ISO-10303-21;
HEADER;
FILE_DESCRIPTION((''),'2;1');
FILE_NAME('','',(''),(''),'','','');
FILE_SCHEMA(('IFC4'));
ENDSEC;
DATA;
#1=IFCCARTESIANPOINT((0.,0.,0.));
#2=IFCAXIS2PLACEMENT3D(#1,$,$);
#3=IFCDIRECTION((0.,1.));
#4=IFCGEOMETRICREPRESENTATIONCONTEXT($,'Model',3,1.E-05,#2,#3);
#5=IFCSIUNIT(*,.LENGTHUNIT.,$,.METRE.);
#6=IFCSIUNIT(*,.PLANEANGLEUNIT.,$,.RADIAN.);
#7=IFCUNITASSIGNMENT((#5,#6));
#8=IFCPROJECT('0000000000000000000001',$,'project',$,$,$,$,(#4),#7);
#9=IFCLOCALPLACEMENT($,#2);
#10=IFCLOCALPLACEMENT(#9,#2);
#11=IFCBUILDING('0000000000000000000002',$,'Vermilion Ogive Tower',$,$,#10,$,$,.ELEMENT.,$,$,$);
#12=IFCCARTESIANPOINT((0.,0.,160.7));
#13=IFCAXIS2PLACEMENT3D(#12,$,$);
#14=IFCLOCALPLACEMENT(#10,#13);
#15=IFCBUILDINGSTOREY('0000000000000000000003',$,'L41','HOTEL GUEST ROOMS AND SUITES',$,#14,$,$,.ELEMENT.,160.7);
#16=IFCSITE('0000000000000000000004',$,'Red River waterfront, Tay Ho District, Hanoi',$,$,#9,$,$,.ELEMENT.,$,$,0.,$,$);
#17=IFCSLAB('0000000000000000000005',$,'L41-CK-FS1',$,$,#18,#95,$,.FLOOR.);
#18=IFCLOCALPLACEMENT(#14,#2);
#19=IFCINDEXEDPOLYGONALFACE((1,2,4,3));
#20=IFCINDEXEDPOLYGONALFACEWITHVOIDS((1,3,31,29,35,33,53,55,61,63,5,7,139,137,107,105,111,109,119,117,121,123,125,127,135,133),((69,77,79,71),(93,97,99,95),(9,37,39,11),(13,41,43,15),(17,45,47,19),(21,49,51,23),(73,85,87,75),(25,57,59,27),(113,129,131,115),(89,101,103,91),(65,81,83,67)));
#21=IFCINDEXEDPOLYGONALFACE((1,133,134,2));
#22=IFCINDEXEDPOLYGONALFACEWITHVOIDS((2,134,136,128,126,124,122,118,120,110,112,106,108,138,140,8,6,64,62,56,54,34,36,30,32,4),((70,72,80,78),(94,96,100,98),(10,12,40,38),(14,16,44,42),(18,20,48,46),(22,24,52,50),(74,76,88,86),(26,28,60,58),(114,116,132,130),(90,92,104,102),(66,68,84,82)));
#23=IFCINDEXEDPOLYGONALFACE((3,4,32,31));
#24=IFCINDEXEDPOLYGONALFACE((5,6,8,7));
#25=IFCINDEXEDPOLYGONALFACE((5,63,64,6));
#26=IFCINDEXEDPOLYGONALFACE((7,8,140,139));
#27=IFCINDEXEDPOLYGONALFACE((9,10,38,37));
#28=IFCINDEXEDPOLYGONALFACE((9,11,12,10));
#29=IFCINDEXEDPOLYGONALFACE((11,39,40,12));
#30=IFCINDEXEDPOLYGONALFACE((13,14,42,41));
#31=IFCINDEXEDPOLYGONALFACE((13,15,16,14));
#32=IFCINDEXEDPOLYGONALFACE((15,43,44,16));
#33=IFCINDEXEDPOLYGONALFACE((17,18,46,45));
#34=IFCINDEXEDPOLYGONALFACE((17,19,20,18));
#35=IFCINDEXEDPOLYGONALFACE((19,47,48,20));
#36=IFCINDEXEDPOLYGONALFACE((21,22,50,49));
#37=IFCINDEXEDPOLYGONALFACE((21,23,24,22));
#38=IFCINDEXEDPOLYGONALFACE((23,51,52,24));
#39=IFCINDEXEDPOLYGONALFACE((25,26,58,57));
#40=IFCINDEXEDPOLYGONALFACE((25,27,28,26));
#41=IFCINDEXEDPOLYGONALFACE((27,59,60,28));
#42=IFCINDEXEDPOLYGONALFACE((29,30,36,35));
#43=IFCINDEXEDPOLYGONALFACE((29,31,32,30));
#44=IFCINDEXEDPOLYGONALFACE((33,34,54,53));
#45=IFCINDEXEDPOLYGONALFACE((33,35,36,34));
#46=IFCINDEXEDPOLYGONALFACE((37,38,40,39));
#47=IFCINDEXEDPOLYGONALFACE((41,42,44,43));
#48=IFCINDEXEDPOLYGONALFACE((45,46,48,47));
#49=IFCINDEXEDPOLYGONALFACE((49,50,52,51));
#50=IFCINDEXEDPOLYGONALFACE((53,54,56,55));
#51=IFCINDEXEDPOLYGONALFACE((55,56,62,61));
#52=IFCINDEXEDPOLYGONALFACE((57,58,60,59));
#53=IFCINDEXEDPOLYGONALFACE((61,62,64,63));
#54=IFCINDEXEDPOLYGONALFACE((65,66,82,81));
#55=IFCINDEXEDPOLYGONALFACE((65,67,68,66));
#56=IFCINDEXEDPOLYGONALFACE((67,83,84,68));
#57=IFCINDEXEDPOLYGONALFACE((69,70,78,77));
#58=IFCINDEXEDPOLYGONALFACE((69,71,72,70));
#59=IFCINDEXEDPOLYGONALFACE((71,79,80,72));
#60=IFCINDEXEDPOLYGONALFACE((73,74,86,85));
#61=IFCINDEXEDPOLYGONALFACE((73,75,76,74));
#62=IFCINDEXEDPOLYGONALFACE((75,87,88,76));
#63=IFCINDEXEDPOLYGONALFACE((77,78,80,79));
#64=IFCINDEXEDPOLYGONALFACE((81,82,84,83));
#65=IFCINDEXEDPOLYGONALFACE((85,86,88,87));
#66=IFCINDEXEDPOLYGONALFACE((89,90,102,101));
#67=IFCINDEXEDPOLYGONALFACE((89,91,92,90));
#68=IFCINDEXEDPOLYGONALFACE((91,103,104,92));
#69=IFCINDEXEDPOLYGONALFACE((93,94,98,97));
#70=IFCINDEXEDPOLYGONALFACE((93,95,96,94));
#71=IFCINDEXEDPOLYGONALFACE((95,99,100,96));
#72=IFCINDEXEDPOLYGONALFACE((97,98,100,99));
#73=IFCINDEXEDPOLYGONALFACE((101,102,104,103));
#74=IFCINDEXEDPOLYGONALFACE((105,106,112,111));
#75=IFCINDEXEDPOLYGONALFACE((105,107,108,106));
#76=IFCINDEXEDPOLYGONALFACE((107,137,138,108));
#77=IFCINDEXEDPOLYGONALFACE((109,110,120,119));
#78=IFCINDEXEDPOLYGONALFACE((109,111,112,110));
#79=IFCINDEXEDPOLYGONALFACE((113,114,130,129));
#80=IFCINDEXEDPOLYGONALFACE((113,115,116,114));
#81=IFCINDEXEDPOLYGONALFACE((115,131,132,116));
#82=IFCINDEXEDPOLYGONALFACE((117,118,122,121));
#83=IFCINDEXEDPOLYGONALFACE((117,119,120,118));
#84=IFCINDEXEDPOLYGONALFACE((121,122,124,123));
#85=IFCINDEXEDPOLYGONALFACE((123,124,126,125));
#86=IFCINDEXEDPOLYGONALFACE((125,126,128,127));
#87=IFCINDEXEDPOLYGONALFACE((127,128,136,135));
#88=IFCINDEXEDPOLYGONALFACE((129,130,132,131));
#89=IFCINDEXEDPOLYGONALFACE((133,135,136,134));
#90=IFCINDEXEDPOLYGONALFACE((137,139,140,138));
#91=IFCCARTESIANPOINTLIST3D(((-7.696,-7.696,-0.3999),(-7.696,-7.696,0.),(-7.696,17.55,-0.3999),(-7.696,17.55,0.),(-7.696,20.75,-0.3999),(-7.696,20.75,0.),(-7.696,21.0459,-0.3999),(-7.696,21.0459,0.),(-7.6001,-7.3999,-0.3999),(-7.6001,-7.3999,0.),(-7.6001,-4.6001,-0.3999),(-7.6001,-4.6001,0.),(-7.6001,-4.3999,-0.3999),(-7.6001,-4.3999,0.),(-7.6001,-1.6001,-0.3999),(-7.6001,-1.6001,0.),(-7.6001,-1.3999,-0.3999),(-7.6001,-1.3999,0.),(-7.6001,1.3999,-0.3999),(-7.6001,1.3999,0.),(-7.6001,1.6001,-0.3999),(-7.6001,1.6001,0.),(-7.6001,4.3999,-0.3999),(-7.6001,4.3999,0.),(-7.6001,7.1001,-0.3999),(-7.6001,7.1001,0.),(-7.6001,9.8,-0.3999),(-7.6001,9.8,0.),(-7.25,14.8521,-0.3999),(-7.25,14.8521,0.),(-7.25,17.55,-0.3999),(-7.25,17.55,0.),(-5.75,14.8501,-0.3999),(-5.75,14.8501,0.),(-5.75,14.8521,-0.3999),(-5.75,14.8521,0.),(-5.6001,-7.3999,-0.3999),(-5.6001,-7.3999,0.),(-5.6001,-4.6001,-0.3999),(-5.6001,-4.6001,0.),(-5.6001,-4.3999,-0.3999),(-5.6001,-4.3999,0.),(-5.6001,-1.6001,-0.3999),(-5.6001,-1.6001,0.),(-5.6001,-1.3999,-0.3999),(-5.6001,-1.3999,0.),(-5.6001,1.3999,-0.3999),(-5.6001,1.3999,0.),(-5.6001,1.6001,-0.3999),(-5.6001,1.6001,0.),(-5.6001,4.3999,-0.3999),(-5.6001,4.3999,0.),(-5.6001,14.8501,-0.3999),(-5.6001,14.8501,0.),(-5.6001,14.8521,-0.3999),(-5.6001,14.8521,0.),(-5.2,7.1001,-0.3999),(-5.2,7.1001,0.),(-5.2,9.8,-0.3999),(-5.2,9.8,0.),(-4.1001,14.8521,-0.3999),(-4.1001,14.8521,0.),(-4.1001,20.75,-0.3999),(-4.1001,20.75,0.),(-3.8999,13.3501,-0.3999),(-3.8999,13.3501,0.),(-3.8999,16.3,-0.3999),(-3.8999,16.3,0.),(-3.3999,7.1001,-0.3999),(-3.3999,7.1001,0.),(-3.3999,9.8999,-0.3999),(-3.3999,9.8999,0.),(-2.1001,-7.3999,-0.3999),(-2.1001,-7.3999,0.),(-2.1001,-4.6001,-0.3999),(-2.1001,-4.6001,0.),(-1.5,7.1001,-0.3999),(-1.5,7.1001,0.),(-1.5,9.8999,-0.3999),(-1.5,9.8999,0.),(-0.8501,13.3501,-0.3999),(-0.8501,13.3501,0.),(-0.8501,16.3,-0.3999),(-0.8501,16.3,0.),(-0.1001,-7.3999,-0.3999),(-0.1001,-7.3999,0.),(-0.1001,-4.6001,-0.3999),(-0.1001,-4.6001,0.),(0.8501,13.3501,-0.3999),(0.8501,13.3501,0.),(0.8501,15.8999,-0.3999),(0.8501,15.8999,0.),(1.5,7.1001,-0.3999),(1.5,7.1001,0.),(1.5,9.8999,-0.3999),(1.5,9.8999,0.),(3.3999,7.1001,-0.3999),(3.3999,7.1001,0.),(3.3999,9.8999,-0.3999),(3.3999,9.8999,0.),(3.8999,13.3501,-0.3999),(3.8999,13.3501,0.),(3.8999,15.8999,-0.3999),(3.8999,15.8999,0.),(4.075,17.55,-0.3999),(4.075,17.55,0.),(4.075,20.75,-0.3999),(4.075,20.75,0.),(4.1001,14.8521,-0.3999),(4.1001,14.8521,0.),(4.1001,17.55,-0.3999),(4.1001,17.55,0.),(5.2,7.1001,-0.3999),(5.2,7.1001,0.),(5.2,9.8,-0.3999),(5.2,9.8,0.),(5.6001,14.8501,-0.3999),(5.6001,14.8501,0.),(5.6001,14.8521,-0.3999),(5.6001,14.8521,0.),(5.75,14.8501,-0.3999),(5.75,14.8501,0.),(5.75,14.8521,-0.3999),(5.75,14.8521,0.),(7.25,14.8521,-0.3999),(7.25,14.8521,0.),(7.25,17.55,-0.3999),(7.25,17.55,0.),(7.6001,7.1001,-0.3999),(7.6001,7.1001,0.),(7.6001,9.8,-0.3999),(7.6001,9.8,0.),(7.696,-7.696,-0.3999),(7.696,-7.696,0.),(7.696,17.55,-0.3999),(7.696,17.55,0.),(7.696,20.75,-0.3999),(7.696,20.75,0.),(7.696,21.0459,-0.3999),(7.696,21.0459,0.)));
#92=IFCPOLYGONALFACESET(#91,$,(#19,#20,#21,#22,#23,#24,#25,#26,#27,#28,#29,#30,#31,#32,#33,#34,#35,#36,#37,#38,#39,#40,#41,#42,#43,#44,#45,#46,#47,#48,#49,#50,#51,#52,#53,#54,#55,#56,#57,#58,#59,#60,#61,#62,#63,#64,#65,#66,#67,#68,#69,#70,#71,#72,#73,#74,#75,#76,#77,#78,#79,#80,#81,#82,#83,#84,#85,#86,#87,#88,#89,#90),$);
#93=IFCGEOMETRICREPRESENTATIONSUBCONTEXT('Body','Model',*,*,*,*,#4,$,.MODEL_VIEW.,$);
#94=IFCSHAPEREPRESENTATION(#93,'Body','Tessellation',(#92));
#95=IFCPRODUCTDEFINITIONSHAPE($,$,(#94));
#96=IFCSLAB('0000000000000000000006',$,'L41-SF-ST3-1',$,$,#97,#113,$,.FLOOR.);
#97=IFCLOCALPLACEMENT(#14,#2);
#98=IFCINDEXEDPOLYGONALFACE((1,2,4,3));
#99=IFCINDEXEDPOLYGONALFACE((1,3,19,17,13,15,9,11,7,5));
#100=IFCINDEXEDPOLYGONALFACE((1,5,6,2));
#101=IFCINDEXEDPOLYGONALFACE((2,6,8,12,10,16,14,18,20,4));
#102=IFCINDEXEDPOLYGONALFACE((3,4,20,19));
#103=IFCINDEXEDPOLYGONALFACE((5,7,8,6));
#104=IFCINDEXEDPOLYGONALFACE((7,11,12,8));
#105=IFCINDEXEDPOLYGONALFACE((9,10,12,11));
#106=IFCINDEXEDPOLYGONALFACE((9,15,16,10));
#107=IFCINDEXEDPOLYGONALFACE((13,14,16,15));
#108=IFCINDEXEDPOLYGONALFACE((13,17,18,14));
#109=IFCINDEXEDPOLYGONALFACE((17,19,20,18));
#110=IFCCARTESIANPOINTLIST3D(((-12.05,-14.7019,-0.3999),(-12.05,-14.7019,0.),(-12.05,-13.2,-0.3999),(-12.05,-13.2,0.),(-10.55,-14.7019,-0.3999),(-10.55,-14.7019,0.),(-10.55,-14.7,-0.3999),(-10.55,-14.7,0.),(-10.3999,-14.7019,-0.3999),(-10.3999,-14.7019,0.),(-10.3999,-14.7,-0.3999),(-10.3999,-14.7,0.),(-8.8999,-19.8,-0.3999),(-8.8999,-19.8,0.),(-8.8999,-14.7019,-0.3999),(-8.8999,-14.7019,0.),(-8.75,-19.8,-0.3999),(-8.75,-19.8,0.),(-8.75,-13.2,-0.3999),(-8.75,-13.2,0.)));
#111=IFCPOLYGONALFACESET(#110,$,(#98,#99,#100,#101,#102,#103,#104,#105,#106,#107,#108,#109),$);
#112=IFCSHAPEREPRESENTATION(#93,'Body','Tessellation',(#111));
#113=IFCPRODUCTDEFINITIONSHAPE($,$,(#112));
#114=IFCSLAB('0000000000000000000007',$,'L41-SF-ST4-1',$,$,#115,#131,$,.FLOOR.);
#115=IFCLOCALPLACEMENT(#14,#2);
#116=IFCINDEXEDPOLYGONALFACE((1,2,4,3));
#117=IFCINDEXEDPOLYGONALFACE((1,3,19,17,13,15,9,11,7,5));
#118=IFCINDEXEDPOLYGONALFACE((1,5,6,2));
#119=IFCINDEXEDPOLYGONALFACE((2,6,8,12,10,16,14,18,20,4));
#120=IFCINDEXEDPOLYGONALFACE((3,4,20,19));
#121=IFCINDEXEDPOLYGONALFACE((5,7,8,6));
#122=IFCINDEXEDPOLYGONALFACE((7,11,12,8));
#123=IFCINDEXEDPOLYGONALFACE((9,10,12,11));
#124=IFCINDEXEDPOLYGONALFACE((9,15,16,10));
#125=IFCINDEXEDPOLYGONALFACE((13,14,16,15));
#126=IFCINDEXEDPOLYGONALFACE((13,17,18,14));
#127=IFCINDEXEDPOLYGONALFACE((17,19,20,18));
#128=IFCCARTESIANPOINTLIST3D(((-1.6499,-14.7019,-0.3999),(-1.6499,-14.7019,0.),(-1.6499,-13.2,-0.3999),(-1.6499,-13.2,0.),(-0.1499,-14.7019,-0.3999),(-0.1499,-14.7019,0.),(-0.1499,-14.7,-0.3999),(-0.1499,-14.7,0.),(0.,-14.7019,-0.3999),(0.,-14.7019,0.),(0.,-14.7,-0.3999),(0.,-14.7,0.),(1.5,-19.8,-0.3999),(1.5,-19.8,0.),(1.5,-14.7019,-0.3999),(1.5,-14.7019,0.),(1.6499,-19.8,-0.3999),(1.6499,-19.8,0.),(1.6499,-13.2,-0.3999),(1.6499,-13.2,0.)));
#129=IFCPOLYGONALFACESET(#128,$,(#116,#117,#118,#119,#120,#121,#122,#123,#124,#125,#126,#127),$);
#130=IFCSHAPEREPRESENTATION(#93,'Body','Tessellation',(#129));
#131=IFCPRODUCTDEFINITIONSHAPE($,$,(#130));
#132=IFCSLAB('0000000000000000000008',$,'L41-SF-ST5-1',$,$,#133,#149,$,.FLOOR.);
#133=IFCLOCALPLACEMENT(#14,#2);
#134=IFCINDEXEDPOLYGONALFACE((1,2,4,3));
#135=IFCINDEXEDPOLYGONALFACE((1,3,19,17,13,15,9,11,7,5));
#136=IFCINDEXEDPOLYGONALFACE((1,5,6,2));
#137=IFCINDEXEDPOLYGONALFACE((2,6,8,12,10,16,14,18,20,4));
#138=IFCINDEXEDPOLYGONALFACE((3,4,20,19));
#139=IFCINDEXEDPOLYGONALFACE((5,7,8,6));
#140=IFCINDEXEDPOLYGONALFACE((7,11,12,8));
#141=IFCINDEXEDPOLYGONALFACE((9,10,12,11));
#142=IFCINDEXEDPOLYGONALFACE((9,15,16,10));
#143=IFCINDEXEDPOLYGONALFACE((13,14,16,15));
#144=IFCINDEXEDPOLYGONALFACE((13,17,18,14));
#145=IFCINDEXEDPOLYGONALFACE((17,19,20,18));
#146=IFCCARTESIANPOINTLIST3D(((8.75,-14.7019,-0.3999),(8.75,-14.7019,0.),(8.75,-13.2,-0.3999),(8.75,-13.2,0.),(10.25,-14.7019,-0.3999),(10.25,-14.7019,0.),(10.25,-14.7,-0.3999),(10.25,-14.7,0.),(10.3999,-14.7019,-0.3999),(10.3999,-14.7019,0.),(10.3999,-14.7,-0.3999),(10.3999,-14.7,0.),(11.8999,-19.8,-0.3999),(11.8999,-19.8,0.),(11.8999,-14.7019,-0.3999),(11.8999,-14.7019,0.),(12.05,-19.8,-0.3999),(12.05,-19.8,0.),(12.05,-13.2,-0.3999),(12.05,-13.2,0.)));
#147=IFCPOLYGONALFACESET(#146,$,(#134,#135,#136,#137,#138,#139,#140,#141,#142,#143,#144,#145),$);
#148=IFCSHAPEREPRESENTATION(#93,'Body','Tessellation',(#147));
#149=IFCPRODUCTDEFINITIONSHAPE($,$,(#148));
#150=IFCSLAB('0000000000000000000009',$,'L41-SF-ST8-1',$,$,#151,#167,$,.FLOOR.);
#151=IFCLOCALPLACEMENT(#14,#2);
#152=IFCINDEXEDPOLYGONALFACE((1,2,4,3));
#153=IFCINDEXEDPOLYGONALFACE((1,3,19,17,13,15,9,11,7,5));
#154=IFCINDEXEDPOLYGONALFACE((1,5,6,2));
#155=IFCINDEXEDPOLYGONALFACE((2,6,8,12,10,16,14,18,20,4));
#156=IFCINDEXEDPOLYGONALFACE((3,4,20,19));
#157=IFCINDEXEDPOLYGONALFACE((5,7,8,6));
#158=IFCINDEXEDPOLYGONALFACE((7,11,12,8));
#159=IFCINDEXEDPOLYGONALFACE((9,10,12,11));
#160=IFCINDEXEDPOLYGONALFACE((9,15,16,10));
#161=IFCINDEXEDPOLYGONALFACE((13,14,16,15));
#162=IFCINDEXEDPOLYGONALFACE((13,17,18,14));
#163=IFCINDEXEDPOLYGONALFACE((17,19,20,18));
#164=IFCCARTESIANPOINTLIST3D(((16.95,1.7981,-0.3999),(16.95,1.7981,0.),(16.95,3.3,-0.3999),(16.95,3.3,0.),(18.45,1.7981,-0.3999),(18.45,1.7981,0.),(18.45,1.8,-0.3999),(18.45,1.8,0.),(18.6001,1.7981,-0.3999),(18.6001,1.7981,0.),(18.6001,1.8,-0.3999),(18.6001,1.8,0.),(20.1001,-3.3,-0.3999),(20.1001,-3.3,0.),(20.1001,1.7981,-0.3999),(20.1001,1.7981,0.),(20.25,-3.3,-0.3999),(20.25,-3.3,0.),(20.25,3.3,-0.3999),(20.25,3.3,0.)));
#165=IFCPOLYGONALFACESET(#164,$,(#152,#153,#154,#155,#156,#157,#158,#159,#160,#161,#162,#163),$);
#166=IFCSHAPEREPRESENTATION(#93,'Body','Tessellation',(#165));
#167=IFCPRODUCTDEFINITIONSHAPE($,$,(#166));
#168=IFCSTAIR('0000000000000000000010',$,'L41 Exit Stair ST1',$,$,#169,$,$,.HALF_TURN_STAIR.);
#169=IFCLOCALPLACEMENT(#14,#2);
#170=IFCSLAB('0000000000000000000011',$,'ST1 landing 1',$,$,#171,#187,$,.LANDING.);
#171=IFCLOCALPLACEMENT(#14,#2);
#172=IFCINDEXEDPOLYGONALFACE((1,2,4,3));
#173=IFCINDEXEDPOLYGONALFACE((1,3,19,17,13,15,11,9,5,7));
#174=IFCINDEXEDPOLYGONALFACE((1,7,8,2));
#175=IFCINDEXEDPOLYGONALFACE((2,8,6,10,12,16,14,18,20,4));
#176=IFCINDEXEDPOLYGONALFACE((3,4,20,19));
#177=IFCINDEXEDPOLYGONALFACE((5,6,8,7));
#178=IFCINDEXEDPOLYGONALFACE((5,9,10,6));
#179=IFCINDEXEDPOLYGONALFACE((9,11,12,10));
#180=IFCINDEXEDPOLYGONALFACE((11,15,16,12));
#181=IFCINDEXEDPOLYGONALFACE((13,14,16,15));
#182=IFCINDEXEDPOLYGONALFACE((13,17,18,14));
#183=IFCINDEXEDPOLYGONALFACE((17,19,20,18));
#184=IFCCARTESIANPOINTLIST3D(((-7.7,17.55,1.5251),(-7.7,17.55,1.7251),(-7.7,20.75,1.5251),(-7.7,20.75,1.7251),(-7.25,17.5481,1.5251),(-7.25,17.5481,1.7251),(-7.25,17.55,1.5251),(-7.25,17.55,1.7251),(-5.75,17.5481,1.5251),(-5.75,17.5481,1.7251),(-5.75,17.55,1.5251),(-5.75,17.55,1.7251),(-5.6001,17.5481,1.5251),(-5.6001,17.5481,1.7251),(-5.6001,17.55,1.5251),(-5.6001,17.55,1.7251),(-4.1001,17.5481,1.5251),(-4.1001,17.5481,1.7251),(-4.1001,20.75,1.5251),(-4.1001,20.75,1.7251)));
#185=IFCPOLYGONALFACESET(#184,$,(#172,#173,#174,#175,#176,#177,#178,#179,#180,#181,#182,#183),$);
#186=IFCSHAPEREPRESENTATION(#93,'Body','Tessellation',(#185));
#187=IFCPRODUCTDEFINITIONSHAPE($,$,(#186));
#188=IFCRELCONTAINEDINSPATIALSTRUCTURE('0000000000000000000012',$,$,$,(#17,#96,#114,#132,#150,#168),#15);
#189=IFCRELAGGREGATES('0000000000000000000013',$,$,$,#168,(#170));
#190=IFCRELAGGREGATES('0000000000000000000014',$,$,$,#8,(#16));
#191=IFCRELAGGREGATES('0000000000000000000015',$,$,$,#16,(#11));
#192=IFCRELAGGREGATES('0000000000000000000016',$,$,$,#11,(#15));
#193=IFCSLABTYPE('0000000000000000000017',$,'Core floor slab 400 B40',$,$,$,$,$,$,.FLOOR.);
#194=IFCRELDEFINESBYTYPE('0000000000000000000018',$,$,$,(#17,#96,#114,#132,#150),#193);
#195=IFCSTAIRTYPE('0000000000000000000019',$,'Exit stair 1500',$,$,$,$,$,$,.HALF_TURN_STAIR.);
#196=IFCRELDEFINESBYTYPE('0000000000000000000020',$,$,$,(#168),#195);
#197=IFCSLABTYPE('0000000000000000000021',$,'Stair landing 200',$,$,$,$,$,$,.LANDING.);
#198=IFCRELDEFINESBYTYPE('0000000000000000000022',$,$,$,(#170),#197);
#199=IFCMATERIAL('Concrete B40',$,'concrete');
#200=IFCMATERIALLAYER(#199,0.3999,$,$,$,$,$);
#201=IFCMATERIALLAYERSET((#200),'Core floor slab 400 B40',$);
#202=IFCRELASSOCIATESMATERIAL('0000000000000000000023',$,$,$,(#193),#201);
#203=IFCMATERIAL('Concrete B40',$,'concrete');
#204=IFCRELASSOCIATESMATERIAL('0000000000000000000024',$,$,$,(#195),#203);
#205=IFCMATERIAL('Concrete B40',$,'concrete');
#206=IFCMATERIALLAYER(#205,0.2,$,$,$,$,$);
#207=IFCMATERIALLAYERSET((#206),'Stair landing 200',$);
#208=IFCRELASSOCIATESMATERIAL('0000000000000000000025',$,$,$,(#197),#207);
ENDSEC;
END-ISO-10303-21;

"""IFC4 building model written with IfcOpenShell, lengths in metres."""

from ifc_helpers import new_model, si_unit, direction, frame, origin, place, context, subcontext, project, spatial, polyline, outline, extrude, material, layer, layer_set, type_object, element, aggregate, save


model = new_model("IFC4")

# Units and contexts
model_context = context("Model", 3, precision=1e-05, world=origin(), true_north=direction((0.0, 1.0)))
body_context = subcontext(model_context, "Body", "Model", "MODEL_VIEW")
ifc_project = project(units=[si_unit("LENGTHUNIT", "METRE"), si_unit("PLANEANGLEUNIT", "RADIAN")], contexts=[model_context])

# Site, building, storey
site_placement = place(None, origin())
site = spatial("IfcSite", under=ifc_project, at=site_placement, Name="Red River waterfront, Tay Ho District, Hanoi", CompositionType="ELEMENT", RefElevation=0.0)
building_placement = place(site_placement, origin())
building = spatial("IfcBuilding", under=site, at=building_placement, Name="Vermilion Ogive Tower", CompositionType="ELEMENT")
storey_placement = place(building_placement, frame((0.0, 0.0, 160.7)))
storey = spatial("IfcBuildingStorey", under=building, at=storey_placement, Name="L41", Description="HOTEL GUEST ROOMS AND SUITES", CompositionType="ELEMENT", Elevation=160.7)

# Slabs
ifc_material_1 = material(Name="Concrete B40", Category="concrete")
ifc_layer_1 = layer(ifc_material_1, 0.3999)
ifc_layer_set_1 = layer_set([ifc_layer_1], Name="Core floor slab 400 B40")
slab_type_1 = type_object("IfcSlabType", Name="Core floor slab 400 B40", PredefinedType="FLOOR", material=ifc_layer_set_1)
slab_1_placement = place(storey_placement, frame((0.0, 0.0, -0.3999)))
element("IfcSlab", 1, at=slab_1_placement, inside=storey, type_object=slab_type_1, Name="L41-CK-FS1", PredefinedType="FLOOR", context=body_context, shape_type="SweptSolid", body=[
    extrude(outline(polyline([(5.75, 14.8501), (5.6001, 14.8501), (5.6001, 14.8521), (4.1001, 14.8521), (4.1001, 17.55), (4.075, 17.55), (4.075, 20.75), (7.696, 20.75), (7.696, 21.0459), (-7.696, 21.0459), (-7.696, 20.75), (-4.1001, 20.75), (-4.1001, 14.8521), (-5.6001, 14.8521), (-5.6001, 14.8501), (-5.75, 14.8501), (-5.75, 14.8521), (-7.25, 14.8521), (-7.25, 17.55), (-7.696, 17.55), (-7.696, -7.696), (7.696, -7.696), (7.696, 17.55), (7.25, 17.55), (7.25, 14.8521), (5.75, 14.8521), (5.75, 14.8501)]), holes=[polyline([(-7.6001, -7.3999), (-7.6001, -4.6001), (-5.6001, -4.6001), (-5.6001, -7.3999), (-7.6001, -7.3999)]), polyline([(-7.6001, -4.3999), (-7.6001, -1.6001), (-5.6001, -1.6001), (-5.6001, -4.3999), (-7.6001, -4.3999)]), polyline([(-7.6001, -1.3999), (-7.6001, 1.3999), (-5.6001, 1.3999), (-5.6001, -1.3999), (-7.6001, -1.3999)]), polyline([(-7.6001, 1.6001), (-7.6001, 4.3999), (-5.6001, 4.3999), (-5.6001, 1.6001), (-7.6001, 1.6001)]), polyline([(-7.6001, 7.1001), (-7.6001, 9.8), (-5.2, 9.8), (-5.2, 7.1001), (-7.6001, 7.1001)]), polyline([(-3.3999, 9.8999), (-1.5, 9.8999), (-1.5, 7.1001), (-3.3999, 7.1001), (-3.3999, 9.8999)]), polyline([(-2.1001, -7.3999), (-2.1001, -4.6001), (-0.1001, -4.6001), (-0.1001, -7.3999), (-2.1001, -7.3999)]), polyline([(5.2, 7.1001), (5.2, 9.8), (7.6001, 9.8), (7.6001, 7.1001), (5.2, 7.1001)]), polyline([(1.5, 7.1001), (1.5, 9.8999), (3.3999, 9.8999), (3.3999, 7.1001), (1.5, 7.1001)]), polyline([(0.8501, 13.3501), (0.8501, 15.8999), (3.8999, 15.8999), (3.8999, 13.3501), (0.8501, 13.3501)]), polyline([(-3.8999, 16.3), (-0.8501, 16.3), (-0.8501, 13.3501), (-3.8999, 13.3501), (-3.8999, 16.3)])]), origin(), (0.0, 0.0, 1.0), 0.3999),
])
slab_2_placement = place(storey_placement, frame((0.0, 0.0, -0.3999)))
element("IfcSlab", 2, at=slab_2_placement, inside=storey, type_object=slab_type_1, Name="L41-SF-ST3-1", PredefinedType="FLOOR", context=body_context, shape_type="SweptSolid", body=[
    extrude(outline(polyline([(-12.05, -13.2), (-12.05, -14.7019), (-10.55, -14.7019), (-10.55, -14.7), (-10.3999, -14.7), (-10.3999, -14.7019), (-8.8999, -14.7019), (-8.8999, -19.8), (-8.75, -19.8), (-8.75, -13.2), (-12.05, -13.2)])), origin(), (0.0, 0.0, 1.0), 0.3999),
])
slab_3_placement = place(storey_placement, frame((0.0, 0.0, -0.3999)))
element("IfcSlab", 3, at=slab_3_placement, inside=storey, type_object=slab_type_1, Name="L41-SF-ST4-1", PredefinedType="FLOOR", context=body_context, shape_type="SweptSolid", body=[
    extrude(outline(polyline([(-1.6499, -13.2), (-1.6499, -14.7019), (-0.1499, -14.7019), (-0.1499, -14.7), (0.0, -14.7), (0.0, -14.7019), (1.5, -14.7019), (1.5, -19.8), (1.6499, -19.8), (1.6499, -13.2), (-1.6499, -13.2)])), origin(), (0.0, 0.0, 1.0), 0.3999),
])
slab_4_placement = place(storey_placement, frame((0.0, 0.0, -0.3999)))
element("IfcSlab", 4, at=slab_4_placement, inside=storey, type_object=slab_type_1, Name="L41-SF-ST5-1", PredefinedType="FLOOR", context=body_context, shape_type="SweptSolid", body=[
    extrude(outline(polyline([(8.75, -13.2), (8.75, -14.7019), (10.25, -14.7019), (10.25, -14.7), (10.3999, -14.7), (10.3999, -14.7019), (11.8999, -14.7019), (11.8999, -19.8), (12.05, -19.8), (12.05, -13.2), (8.75, -13.2)])), origin(), (0.0, 0.0, 1.0), 0.3999),
])
slab_5_placement = place(storey_placement, frame((0.0, 0.0, -0.3999)))
element("IfcSlab", 5, at=slab_5_placement, inside=storey, type_object=slab_type_1, Name="L41-SF-ST8-1", PredefinedType="FLOOR", context=body_context, shape_type="SweptSolid", body=[
    extrude(outline(polyline([(16.95, 3.3), (16.95, 1.7981), (18.45, 1.7981), (18.45, 1.8), (18.6001, 1.8), (18.6001, 1.7981), (20.1001, 1.7981), (20.1001, -3.3), (20.25, -3.3), (20.25, 3.3), (16.95, 3.3)])), origin(), (0.0, 0.0, 1.0), 0.3999),
])

# Stair, slab
ifc_material_2 = material(Name="Concrete B40", Category="concrete")
stair_type = type_object("IfcStairType", Name="Exit stair 1500", PredefinedType="HALF_TURN_STAIR", material=ifc_material_2)
stair_1_placement = place(storey_placement, origin())
stair_1 = element("IfcStair", 6, at=stair_1_placement, inside=storey, type_object=stair_type, Name="L41 Exit Stair ST1", PredefinedType="HALF_TURN_STAIR")
ifc_material_3 = material(Name="Concrete B40", Category="concrete")
ifc_layer_2 = layer(ifc_material_3, 0.2)
ifc_layer_set_2 = layer_set([ifc_layer_2], Name="Stair landing 200")
slab_type_2 = type_object("IfcSlabType", Name="Stair landing 200", PredefinedType="LANDING", material=ifc_layer_set_2)
slab_6_placement = place(storey_placement, frame((0.0, 0.0, 1.5251)))
slab_6 = element("IfcSlab", 7, at=slab_6_placement, type_object=slab_type_2, Name="ST1 landing 1", PredefinedType="LANDING", context=body_context, shape_type="SweptSolid", body=[
    extrude(outline(polyline([(-7.7, 17.55), (-7.25, 17.55), (-7.25, 17.5481), (-5.75, 17.5481), (-5.75, 17.55), (-5.6001, 17.55), (-5.6001, 17.5481), (-4.1001, 17.5481), (-4.1001, 20.75), (-7.7, 20.75), (-7.7, 17.55)])), origin(), (0.0, 0.0, 1.0), 0.2),
])
aggregate(stair_1, [slab_6])

save(model, "model.ifc")
